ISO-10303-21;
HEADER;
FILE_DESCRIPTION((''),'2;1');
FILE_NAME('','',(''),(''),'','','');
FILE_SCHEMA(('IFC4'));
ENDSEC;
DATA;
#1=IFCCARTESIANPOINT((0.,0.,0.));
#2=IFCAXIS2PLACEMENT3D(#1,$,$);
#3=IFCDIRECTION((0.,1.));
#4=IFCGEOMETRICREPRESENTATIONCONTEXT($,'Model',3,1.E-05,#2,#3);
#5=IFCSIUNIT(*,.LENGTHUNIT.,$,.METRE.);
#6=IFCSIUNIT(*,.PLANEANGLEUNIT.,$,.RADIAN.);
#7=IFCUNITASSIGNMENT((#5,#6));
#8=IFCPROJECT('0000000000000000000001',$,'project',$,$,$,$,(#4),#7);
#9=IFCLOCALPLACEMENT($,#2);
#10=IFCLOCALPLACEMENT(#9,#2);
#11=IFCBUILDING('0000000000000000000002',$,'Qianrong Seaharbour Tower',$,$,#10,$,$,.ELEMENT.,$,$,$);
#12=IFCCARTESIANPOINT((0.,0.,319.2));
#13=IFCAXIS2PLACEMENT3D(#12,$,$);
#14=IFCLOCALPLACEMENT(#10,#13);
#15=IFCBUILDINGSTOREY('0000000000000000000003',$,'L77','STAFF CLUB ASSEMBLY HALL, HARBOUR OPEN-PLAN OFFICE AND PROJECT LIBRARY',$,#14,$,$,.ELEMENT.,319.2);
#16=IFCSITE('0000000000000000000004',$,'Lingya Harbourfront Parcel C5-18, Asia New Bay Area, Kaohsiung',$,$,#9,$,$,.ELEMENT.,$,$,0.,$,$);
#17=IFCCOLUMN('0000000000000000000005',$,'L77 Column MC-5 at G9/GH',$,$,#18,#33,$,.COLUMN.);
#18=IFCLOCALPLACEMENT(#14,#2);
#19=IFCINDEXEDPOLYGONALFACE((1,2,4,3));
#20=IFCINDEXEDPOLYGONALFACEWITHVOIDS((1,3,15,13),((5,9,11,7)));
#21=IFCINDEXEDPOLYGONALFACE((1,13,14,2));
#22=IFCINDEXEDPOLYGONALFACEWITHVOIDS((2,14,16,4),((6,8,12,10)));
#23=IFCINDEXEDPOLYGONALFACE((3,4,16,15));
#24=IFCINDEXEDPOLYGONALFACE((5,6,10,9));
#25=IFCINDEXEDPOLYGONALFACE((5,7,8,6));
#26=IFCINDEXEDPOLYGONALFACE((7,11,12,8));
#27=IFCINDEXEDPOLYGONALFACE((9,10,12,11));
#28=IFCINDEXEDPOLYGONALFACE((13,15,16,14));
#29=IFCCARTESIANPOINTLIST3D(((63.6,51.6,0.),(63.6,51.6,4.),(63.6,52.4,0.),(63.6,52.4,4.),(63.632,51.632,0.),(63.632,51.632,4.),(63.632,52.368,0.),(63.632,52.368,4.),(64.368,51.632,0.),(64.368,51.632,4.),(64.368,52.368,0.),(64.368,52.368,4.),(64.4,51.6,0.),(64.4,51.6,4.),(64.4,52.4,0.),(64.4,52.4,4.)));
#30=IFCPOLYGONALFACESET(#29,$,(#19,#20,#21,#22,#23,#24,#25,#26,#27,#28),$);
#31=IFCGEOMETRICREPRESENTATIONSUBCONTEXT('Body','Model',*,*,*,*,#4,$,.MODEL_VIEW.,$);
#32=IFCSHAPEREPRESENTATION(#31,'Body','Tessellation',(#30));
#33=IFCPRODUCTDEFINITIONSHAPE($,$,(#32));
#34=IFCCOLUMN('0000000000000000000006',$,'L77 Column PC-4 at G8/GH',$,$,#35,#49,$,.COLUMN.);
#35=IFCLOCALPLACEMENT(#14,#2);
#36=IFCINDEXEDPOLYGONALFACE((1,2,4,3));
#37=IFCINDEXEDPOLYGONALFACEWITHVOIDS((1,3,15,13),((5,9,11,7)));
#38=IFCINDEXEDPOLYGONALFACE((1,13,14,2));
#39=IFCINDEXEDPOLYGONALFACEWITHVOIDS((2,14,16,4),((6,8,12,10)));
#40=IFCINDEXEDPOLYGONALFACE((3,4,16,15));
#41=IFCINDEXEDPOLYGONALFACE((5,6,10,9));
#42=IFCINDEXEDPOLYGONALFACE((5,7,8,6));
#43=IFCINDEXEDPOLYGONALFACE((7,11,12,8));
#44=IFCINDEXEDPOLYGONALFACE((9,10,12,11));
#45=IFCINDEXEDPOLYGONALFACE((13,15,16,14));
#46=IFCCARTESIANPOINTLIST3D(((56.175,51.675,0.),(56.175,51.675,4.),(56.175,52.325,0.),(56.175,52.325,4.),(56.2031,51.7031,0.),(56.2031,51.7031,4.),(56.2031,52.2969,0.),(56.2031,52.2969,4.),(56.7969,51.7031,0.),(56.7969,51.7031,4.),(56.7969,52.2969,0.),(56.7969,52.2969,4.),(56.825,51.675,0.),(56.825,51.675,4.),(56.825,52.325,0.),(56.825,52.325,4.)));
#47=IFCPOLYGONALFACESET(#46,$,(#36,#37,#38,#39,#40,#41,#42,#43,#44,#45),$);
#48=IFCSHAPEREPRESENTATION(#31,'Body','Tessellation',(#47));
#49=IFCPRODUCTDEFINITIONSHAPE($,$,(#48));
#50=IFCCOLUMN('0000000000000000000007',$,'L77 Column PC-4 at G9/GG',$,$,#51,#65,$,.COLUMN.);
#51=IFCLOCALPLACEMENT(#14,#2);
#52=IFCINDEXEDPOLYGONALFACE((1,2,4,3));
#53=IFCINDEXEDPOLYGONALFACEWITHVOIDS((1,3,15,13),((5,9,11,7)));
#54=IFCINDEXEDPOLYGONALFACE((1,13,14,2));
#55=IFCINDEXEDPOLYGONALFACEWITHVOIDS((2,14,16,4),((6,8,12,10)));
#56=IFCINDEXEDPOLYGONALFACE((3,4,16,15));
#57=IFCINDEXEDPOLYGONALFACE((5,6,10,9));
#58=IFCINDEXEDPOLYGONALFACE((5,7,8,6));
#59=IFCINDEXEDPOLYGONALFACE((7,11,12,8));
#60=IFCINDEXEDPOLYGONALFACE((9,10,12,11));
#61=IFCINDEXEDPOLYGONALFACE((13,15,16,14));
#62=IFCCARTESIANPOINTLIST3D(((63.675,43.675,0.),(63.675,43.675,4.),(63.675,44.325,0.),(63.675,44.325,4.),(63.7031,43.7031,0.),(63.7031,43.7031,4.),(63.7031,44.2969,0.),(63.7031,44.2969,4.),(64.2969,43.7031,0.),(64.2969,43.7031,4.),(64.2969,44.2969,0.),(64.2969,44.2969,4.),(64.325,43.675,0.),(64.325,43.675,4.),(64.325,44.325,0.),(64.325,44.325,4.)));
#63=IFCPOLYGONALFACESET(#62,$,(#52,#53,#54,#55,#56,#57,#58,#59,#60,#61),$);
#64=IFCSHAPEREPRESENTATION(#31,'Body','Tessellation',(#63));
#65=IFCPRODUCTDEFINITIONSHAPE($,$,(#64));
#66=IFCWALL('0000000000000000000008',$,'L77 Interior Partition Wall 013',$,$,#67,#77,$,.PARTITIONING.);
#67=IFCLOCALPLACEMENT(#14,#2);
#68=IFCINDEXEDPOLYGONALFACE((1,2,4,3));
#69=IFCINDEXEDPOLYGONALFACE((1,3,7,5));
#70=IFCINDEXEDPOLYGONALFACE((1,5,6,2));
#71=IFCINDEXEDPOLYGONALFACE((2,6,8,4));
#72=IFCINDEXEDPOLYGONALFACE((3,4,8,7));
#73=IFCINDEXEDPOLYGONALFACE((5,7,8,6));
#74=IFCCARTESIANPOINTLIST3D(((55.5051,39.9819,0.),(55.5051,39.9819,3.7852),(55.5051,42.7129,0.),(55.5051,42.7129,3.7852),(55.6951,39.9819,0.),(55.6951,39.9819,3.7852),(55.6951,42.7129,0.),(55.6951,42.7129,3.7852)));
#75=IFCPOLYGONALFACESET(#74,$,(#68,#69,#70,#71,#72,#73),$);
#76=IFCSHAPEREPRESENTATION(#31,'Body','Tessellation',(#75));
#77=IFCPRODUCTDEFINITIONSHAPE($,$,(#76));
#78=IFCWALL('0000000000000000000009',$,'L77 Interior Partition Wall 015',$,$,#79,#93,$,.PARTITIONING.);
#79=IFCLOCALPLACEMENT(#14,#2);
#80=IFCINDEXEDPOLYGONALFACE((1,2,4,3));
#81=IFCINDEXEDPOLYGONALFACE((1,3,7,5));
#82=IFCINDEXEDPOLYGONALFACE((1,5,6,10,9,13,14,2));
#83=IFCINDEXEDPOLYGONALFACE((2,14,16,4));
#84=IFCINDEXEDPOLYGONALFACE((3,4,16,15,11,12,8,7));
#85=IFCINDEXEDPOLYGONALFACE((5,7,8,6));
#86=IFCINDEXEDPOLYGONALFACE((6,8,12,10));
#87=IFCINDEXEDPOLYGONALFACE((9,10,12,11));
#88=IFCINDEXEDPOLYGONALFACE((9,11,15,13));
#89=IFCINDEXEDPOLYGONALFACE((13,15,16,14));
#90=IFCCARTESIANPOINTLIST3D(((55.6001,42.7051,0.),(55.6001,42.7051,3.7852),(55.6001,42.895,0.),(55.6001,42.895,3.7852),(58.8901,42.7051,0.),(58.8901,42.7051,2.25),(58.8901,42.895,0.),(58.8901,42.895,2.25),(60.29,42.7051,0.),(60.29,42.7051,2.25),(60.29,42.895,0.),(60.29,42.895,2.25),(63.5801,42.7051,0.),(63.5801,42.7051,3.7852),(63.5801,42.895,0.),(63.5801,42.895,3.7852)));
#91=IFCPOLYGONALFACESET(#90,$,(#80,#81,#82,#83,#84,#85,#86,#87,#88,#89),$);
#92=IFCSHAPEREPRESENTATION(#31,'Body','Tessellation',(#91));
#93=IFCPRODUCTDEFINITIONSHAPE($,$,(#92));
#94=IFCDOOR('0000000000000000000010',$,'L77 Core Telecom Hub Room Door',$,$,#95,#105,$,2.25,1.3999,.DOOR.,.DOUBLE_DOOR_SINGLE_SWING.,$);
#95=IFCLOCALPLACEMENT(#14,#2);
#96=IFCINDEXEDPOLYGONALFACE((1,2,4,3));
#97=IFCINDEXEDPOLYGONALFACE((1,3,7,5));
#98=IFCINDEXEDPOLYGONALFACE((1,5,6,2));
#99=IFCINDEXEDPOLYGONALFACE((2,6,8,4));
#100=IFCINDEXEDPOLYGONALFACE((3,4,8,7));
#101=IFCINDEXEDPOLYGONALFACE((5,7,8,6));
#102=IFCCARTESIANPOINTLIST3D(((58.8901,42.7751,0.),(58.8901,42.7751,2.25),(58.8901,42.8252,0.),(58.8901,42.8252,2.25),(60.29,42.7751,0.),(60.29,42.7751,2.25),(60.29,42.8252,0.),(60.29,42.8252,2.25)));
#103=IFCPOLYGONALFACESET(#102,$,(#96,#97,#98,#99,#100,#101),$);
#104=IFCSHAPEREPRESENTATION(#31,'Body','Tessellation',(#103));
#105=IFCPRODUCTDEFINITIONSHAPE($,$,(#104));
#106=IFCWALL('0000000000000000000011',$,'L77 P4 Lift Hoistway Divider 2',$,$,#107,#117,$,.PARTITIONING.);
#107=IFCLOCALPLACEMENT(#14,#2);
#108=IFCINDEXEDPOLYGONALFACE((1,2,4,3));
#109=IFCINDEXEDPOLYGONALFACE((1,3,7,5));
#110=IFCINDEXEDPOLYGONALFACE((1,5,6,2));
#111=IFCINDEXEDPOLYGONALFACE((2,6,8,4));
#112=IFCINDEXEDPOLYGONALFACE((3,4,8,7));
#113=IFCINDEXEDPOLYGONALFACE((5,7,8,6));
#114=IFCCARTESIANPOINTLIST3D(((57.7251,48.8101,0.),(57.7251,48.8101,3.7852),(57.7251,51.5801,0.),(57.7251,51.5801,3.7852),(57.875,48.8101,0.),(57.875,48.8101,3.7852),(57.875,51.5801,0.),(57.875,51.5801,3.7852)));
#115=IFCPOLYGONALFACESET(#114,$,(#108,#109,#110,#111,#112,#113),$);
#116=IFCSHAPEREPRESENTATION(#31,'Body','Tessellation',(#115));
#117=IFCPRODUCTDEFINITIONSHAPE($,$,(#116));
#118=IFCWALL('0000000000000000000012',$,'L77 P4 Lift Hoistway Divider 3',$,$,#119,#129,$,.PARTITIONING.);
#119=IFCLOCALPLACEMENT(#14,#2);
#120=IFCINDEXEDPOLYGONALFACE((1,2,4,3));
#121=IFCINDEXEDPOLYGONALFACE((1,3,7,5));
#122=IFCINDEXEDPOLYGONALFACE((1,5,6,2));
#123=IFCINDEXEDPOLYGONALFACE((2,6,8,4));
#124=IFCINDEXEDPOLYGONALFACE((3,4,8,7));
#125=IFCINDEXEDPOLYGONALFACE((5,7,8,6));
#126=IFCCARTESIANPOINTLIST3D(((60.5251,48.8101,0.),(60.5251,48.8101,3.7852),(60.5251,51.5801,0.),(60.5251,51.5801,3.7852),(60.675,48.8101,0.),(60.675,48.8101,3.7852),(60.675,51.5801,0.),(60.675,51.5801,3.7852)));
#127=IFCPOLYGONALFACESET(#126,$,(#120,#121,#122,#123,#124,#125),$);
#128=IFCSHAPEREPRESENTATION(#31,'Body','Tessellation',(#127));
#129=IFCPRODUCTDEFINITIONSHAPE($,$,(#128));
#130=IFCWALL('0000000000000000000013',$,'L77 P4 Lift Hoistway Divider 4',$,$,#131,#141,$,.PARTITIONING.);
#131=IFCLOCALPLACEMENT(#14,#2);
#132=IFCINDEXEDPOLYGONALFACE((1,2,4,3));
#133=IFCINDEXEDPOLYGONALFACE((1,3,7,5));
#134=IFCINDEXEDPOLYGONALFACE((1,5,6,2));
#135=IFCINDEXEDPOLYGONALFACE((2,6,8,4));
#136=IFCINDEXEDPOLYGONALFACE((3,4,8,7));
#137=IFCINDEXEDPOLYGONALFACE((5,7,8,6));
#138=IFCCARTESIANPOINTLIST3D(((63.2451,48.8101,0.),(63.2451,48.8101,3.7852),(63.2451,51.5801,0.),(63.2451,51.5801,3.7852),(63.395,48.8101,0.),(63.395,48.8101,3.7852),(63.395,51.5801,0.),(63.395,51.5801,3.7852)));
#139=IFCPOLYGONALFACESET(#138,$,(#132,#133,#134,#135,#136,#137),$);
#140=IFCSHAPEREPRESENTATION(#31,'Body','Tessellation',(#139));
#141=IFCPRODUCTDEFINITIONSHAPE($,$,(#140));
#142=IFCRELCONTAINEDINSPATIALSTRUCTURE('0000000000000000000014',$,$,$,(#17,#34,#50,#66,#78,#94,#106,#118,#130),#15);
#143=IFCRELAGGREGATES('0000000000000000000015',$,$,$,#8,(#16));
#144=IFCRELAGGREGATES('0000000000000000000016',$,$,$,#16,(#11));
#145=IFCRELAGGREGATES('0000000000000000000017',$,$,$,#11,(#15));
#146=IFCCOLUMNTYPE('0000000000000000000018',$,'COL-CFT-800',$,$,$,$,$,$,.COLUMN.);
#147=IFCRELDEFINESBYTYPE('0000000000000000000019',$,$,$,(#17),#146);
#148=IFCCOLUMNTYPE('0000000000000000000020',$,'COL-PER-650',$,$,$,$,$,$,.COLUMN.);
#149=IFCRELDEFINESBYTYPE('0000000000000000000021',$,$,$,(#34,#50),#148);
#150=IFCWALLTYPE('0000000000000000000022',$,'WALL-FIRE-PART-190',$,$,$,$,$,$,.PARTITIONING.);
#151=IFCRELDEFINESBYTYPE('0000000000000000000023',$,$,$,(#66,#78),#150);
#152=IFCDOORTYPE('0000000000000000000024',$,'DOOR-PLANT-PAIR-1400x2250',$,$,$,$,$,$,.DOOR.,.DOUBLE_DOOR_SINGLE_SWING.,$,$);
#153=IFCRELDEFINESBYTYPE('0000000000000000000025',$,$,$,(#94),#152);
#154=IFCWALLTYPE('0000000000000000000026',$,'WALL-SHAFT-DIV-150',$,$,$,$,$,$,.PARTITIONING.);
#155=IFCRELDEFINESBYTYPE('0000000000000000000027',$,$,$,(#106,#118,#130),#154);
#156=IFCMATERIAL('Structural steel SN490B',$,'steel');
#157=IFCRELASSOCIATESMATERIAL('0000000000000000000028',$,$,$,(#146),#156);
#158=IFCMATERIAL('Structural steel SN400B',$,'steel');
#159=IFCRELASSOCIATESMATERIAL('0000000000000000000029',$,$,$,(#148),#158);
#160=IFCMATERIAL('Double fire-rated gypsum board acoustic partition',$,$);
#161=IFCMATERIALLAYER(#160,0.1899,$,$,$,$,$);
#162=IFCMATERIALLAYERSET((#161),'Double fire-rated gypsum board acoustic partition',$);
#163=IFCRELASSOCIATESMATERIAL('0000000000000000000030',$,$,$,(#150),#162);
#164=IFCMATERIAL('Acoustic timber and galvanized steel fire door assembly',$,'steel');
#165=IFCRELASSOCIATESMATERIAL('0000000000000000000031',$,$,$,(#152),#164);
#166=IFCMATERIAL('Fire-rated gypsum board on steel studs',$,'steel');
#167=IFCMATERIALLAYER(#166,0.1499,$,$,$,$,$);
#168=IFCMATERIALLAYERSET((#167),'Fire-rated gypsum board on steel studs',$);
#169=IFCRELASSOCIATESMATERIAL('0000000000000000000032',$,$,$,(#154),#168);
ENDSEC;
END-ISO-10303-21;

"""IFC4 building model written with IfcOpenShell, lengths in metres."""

from ifc_helpers import new_model, si_unit, direction, frame, frame_2d, origin, origin_2d, place, context, subcontext, project, spatial, rectangle, hollow_rectangle, extrude, material, layer, layer_set, material_profile, profile_set, type_object, element, fill, save


model = new_model("IFC4")

# Units and contexts
model_context = context("Model", 3, precision=1e-05, world=origin(), true_north=direction((0.0, 1.0)))
body_context = subcontext(model_context, "Body", "Model", "MODEL_VIEW")
ifc_project = project(units=[si_unit("LENGTHUNIT", "METRE"), si_unit("PLANEANGLEUNIT", "RADIAN")], contexts=[model_context])

# Site, building, storey
site_placement = place(None, origin())
site = spatial("IfcSite", under=ifc_project, at=site_placement, Name="Lingya Harbourfront Parcel C5-18, Asia New Bay Area, Kaohsiung", CompositionType="ELEMENT", RefElevation=0.0)
building_placement = place(site_placement, origin())
building = spatial("IfcBuilding", under=site, at=building_placement, Name="Qianrong Seaharbour Tower", CompositionType="ELEMENT")
storey_placement = place(building_placement, frame((0.0, 0.0, 319.2)))
storey = spatial("IfcBuildingStorey", under=building, at=storey_placement, Name="L77", Description="STAFF CLUB ASSEMBLY HALL, HARBOUR OPEN-PLAN OFFICE AND PROJECT LIBRARY", CompositionType="ELEMENT", Elevation=319.2)

# Columns
ifc_material_1 = material(Name="Structural steel SN490B", Category="steel")
ifc_material_profile_1 = material_profile(ifc_material_1, hollow_rectangle(XDim=0.8, YDim=0.8, WallThickness=0.032, at=origin_2d()), Name="BOX800x800x32")
ifc_profile_set_1 = profile_set([ifc_material_profile_1], Name="Structural steel SN490B")
column_type_1 = type_object("IfcColumnType", Name="COL-CFT-800", PredefinedType="COLUMN", material=ifc_profile_set_1)
column_placement = place(storey_placement, frame((64.0, 52.0, 0.0), z_axis=(0.0, 0.0, 1.0), x_axis=(1.0, 0.0, 0.0)))
element("IfcColumn", 1, at=column_placement, inside=storey, type_object=column_type_1, Name="L77 Column MC-5 at G9/GH", PredefinedType="COLUMN", context=body_context, shape_type="SweptSolid", body=[
    extrude(hollow_rectangle(XDim=0.8, YDim=0.8, WallThickness=0.032, at=origin_2d()), origin(), (0.0, 0.0, 1.0), 4.0),
])
ifc_material_2 = material(Name="Structural steel SN400B", Category="steel")
ifc_material_profile_2 = material_profile(ifc_material_2, hollow_rectangle(XDim=0.6499, YDim=0.6499, WallThickness=0.0281, at=origin_2d()), Name="BOX650x650x28")
ifc_profile_set_2 = profile_set([ifc_material_profile_2], Name="Structural steel SN400B")
column_type_2 = type_object("IfcColumnType", Name="COL-PER-650", PredefinedType="COLUMN", material=ifc_profile_set_2)
for number, where, z_axis, x_axis, name in (
    (2, (56.5, 52.0, 0.0), (0.0, 0.0, 1.0), (1.0, 0.0, 0.0), "L77 Column PC-4 at G8/GH"),
    (3, (64.0, 44.0, 0.0), (0.0, 0.0, 1.0), (1.0, 0.0, 0.0), "L77 Column PC-4 at G9/GG"),
):
    element("IfcColumn", number, at=place(storey_placement, frame(where, z_axis=z_axis, x_axis=x_axis)), inside=storey, type_object=column_type_2, Name=name, PredefinedType="COLUMN", context=body_context, shape_type="SweptSolid", body=[
        extrude(hollow_rectangle(XDim=0.6499, YDim=0.6499, WallThickness=0.0281, at=origin_2d()), origin(), (0.0, 0.0, 1.0), 4.0),
    ])

# Wall
ifc_material_3 = material(Name="Double fire-rated gypsum board acoustic partition")
ifc_layer_1 = layer(ifc_material_3, 0.1899)
ifc_layer_set_1 = layer_set([ifc_layer_1], Name="Double fire-rated gypsum board acoustic partition")
wall_type_1 = type_object("IfcWallType", Name="WALL-FIRE-PART-190", PredefinedType="PARTITIONING", material=ifc_layer_set_1)
wall_1_placement = place(storey_placement, frame((55.6001, 42.7129, 0.0), z_axis=(0.0, 0.0, 1.0), x_axis=(0.0, -1.0, 0.0)))
element("IfcWall", 4, at=wall_1_placement, inside=storey, type_object=wall_type_1, Name="L77 Interior Partition Wall 013", PredefinedType="PARTITIONING", context=body_context, shape_type="SweptSolid", body=[
    extrude(rectangle(XDim=2.731, YDim=0.1899, at=frame_2d((1.3655, 0.0))), origin(), (0.0, 0.0, 1.0), 3.7852),
])

# Wall, opening, door
wall_2_placement = place(storey_placement, frame((63.5801, 42.8, 0.0), z_axis=(0.0, 0.0, 1.0), x_axis=(-1.0, 0.0, 0.0)))
wall_2 = element("IfcWall", 5, at=wall_2_placement, inside=storey, type_object=wall_type_1, Name="L77 Interior Partition Wall 015", PredefinedType="PARTITIONING", context=body_context, shape_type="SweptSolid", body=[
    extrude(rectangle(XDim=7.98, YDim=0.1899, at=frame_2d((3.99, 0.0))), origin(), (0.0, 0.0, 1.0), 3.7852),
])
opening_1_placement = place(wall_2_placement, frame((3.29, 0.0, 0.0)))
opening_1 = element("IfcOpeningElement", 6, at=opening_1_placement, cuts=wall_2, PredefinedType="OPENING", context=body_context, shape_type="SweptSolid", body=[
    extrude(rectangle(XDim=1.3999, YDim=2.25, at=frame_2d((0.7, 1.125))), frame((0.0, 0.105, 0.0), z_axis=(0.0, -1.0, 0.0), x_axis=(1.0, 0.0, 0.0)), (0.0, 0.0, 1.0), 0.21),
])
ifc_material_4 = material(Name="Acoustic timber and galvanized steel fire door assembly", Category="steel")
door_type_1 = type_object("IfcDoorType", Name="DOOR-PLANT-PAIR-1400x2250", OperationType="DOUBLE_DOOR_SINGLE_SWING", PredefinedType="DOOR", material=ifc_material_4)
door_1_placement = place(opening_1_placement, origin())
door_1 = element("IfcDoor", 7, at=door_1_placement, inside=storey, type_object=door_type_1, Name="L77 Core Telecom Hub Room Door", OperationType="DOUBLE_DOOR_SINGLE_SWING", OverallHeight=2.25, OverallWidth=1.3999, PredefinedType="DOOR", context=body_context, shape_type="SweptSolid", body=[
    extrude(rectangle(XDim=1.3999, YDim=2.25, at=frame_2d((0.7, 1.125))), frame((0.0, 0.0249, 0.0), z_axis=(0.0, -1.0, 0.0), x_axis=(1.0, 0.0, 0.0)), (0.0, 0.0, 1.0), 0.05),
])
fill(opening_1, door_1)

# Walls
ifc_material_5 = material(Name="Fire-rated gypsum board on steel studs", Category="steel")
ifc_layer_2 = layer(ifc_material_5, 0.1499)
ifc_layer_set_2 = layer_set([ifc_layer_2], Name="Fire-rated gypsum board on steel studs")
wall_type_2 = type_object("IfcWallType", Name="WALL-SHAFT-DIV-150", PredefinedType="PARTITIONING", material=ifc_layer_set_2)
for number, where, z_axis, x_axis, name in (
    (8, (57.8, 48.8101, 0.0), (0.0, 0.0, 1.0), (0.0, 1.0, 0.0), "L77 P4 Lift Hoistway Divider 2"),
    (9, (60.6001, 48.8101, 0.0), (0.0, 0.0, 1.0), (0.0, 1.0, 0.0), "L77 P4 Lift Hoistway Divider 3"),
    (10, (63.3201, 48.8101, 0.0), (0.0, 0.0, 1.0), (0.0, 1.0, 0.0), "L77 P4 Lift Hoistway Divider 4"),
):
    element("IfcWall", number, at=place(storey_placement, frame(where, z_axis=z_axis, x_axis=x_axis)), inside=storey, type_object=wall_type_2, Name=name, PredefinedType="PARTITIONING", context=body_context, shape_type="SweptSolid", body=[
        extrude(rectangle(XDim=2.77, YDim=0.1499, at=frame_2d((1.385, 0.0))), origin(), (0.0, 0.0, 1.0), 3.7852),
    ])

save(model, "model.ifc")
